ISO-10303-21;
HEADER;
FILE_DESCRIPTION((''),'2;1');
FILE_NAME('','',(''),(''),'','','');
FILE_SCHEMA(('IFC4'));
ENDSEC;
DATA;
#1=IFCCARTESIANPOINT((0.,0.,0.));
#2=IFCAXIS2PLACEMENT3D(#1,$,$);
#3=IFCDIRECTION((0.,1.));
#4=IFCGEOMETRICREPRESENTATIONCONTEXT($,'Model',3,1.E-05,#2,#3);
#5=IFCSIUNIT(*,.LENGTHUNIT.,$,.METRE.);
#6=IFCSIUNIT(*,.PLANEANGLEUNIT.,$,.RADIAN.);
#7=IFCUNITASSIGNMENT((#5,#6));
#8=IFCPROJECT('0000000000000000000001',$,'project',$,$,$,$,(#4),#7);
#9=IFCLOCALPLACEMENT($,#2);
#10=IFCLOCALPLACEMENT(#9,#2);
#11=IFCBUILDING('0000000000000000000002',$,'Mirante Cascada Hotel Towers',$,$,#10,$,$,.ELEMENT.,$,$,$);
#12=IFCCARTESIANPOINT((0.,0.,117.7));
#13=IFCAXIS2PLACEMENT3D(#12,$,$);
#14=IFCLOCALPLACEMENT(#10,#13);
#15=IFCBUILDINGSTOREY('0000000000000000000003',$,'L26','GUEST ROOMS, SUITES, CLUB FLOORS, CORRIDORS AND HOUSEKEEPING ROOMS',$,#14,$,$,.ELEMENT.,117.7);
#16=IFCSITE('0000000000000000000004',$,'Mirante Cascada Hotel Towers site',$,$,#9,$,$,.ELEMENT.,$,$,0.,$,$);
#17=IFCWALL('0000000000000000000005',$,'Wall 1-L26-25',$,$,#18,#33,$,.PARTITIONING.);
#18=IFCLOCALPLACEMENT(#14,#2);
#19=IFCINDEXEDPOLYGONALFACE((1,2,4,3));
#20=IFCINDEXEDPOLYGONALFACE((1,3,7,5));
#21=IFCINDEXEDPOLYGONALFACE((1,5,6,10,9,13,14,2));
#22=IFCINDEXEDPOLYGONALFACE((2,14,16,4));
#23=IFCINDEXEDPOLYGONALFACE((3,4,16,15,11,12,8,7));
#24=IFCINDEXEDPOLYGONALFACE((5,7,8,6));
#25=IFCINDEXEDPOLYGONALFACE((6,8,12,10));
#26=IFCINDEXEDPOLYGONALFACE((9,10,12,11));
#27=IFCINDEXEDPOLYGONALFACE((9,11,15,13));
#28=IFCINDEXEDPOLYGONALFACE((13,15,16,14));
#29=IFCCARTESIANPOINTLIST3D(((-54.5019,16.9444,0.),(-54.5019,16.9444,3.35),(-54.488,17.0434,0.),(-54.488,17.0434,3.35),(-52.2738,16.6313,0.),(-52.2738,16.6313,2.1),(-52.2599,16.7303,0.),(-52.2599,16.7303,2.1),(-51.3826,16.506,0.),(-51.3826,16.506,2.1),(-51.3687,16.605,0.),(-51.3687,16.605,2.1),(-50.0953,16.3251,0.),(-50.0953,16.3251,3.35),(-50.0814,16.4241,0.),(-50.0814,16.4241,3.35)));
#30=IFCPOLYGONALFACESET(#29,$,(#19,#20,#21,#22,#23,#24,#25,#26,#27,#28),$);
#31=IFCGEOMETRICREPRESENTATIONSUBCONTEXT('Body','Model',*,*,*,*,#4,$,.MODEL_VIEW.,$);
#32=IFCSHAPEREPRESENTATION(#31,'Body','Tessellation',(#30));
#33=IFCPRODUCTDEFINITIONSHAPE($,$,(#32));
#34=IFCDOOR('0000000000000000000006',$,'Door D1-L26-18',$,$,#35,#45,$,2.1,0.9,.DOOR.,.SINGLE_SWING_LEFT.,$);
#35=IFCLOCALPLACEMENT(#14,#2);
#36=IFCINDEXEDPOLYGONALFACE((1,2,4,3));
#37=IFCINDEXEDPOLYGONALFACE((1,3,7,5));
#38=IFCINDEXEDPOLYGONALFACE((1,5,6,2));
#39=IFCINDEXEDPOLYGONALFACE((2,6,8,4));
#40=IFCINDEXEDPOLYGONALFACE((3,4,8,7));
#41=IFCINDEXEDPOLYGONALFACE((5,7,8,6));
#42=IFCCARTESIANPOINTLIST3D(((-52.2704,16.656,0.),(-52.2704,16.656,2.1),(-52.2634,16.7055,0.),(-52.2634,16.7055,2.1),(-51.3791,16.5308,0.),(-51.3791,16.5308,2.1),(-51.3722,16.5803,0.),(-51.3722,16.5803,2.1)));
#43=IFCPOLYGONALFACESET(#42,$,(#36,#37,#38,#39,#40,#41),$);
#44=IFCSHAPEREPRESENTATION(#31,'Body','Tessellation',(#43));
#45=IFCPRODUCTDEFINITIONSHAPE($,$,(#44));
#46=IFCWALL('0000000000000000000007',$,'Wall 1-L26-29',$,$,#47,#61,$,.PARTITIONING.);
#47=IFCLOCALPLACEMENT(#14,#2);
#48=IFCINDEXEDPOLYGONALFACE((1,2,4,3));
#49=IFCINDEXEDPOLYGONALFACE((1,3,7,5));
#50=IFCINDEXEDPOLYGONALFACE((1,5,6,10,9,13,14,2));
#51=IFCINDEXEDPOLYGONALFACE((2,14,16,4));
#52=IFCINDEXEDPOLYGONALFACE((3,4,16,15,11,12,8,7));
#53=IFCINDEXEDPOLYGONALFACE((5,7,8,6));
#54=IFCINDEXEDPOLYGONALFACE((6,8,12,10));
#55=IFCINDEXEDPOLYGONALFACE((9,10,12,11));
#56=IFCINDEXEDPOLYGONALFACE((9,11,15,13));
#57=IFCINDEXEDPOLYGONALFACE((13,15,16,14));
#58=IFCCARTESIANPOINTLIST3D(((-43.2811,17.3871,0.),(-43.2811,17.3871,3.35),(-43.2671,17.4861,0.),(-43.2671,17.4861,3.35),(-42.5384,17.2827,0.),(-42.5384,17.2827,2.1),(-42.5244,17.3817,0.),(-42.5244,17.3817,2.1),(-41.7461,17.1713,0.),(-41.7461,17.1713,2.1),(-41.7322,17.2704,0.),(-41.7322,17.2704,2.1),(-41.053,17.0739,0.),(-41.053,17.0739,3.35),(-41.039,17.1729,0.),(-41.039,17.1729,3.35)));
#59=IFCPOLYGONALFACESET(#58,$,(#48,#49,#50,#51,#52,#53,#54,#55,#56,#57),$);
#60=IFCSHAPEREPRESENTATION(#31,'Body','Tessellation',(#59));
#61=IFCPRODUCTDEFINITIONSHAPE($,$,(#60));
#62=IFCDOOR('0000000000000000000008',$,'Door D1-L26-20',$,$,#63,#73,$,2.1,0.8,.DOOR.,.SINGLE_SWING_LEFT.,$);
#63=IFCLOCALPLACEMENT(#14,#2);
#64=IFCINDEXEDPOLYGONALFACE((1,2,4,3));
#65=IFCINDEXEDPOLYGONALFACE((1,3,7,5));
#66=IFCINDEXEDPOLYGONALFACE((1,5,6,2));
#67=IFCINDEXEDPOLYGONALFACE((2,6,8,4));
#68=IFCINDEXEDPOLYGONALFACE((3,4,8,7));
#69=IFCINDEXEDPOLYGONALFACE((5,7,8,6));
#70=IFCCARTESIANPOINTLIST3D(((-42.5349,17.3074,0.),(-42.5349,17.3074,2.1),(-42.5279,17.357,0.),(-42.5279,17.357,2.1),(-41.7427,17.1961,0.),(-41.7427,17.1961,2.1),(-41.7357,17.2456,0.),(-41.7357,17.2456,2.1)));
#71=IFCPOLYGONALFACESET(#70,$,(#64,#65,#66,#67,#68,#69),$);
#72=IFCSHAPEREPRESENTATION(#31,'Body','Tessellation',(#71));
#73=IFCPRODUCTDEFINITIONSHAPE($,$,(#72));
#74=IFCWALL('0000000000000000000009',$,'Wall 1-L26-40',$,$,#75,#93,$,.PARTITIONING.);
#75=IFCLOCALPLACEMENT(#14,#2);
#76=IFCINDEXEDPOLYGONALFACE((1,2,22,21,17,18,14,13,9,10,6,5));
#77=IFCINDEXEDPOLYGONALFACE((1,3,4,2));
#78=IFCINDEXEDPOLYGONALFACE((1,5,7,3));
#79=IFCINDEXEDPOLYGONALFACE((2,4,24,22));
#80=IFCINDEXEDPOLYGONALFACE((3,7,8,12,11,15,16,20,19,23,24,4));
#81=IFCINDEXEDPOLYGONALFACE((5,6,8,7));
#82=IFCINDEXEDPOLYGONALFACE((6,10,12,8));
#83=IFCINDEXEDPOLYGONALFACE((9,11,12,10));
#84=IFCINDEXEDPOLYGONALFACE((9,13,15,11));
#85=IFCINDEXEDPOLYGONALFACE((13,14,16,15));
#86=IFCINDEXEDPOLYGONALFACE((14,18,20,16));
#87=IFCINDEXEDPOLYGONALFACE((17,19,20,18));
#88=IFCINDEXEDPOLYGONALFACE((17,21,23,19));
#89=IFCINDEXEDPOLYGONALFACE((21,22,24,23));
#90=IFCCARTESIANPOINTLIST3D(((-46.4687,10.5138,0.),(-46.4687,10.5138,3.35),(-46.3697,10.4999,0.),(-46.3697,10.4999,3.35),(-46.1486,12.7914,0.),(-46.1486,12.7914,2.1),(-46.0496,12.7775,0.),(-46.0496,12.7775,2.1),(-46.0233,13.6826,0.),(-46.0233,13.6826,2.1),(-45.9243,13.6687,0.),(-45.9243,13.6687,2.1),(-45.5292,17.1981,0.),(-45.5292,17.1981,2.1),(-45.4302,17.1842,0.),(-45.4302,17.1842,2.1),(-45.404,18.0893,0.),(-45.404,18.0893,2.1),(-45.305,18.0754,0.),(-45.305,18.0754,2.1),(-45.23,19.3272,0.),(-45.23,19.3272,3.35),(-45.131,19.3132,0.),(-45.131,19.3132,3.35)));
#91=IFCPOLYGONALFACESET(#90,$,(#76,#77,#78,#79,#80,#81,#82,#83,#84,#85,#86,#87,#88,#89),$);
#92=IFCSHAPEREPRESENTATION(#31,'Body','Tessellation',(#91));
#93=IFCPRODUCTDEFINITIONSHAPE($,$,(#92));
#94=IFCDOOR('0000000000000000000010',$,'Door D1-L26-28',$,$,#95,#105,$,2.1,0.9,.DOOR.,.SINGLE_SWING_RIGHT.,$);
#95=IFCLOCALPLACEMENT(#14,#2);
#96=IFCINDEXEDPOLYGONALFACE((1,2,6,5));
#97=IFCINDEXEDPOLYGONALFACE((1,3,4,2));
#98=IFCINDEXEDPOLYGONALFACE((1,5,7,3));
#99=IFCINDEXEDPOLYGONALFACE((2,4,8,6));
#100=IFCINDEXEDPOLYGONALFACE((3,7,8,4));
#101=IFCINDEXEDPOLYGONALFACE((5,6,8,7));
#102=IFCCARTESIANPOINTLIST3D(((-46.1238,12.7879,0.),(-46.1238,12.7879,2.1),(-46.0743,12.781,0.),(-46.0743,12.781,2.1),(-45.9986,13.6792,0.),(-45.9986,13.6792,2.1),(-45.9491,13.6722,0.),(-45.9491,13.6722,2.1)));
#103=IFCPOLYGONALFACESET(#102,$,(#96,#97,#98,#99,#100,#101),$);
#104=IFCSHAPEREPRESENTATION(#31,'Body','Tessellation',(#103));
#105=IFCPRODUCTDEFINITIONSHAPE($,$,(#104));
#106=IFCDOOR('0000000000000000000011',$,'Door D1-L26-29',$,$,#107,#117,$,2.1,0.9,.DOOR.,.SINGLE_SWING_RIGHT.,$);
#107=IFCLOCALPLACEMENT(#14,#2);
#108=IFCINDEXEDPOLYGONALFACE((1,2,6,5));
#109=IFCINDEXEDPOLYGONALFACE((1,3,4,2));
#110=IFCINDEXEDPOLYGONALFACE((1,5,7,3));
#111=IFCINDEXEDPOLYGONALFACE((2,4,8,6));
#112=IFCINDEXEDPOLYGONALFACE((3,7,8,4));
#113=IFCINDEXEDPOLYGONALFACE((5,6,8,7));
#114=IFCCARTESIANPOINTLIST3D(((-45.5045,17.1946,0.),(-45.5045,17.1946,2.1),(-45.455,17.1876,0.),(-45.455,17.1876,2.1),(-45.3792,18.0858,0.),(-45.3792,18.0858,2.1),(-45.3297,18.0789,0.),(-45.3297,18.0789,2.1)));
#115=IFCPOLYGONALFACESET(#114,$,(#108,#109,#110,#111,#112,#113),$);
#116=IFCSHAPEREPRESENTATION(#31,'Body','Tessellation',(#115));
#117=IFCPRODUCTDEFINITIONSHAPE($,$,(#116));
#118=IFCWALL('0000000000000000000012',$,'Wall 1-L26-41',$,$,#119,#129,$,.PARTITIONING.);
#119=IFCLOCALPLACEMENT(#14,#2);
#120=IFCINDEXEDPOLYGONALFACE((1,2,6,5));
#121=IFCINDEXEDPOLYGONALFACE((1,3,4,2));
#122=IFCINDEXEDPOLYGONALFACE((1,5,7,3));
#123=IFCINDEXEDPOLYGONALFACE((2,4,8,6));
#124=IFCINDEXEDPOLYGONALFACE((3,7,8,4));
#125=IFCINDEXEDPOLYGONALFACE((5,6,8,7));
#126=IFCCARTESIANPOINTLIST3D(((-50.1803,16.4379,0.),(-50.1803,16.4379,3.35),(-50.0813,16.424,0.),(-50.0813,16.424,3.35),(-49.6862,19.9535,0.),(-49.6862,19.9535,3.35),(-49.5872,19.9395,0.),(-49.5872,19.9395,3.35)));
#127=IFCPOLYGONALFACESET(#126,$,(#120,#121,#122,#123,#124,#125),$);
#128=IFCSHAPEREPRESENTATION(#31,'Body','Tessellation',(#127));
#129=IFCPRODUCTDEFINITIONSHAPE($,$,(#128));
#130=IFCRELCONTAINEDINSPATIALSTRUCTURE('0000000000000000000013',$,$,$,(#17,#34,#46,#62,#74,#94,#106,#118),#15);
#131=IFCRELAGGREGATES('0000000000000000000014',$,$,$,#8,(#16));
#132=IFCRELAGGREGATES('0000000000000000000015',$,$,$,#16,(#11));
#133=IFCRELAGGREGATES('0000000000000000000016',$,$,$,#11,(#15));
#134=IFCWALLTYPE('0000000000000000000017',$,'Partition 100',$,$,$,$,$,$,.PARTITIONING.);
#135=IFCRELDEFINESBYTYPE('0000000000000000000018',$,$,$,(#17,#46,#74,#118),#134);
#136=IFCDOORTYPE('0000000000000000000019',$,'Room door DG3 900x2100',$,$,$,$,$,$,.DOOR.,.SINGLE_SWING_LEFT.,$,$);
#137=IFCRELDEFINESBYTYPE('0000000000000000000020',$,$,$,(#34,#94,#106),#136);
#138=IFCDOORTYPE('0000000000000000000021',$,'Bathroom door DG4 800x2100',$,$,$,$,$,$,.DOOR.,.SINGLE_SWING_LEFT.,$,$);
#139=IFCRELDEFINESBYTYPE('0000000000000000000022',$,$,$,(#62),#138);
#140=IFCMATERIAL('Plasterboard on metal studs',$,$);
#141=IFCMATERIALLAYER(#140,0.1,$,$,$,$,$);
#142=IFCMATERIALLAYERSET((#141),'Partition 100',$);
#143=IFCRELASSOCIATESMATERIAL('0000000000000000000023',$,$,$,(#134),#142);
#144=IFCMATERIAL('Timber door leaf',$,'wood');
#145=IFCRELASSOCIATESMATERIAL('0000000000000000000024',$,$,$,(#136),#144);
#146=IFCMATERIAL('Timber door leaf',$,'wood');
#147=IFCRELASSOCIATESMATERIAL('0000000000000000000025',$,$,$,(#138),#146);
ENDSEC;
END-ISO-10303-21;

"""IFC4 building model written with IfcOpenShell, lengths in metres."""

from ifc_helpers import new_model, si_unit, direction, frame, frame_2d, origin, place, context, subcontext, project, spatial, rectangle, extrude, material, layer, layer_set, type_object, element, fill, save


model = new_model("IFC4")

# Units and contexts
model_context = context("Model", 3, precision=1e-05, world=origin(), true_north=direction((0.0, 1.0)))
body_context = subcontext(model_context, "Body", "Model", "MODEL_VIEW")
ifc_project = project(units=[si_unit("LENGTHUNIT", "METRE"), si_unit("PLANEANGLEUNIT", "RADIAN")], contexts=[model_context])

# Site, building, storey
site_placement = place(None, origin())
site = spatial("IfcSite", under=ifc_project, at=site_placement, Name="Mirante Cascada Hotel Towers site", CompositionType="ELEMENT", RefElevation=0.0)
building_placement = place(site_placement, origin())
building = spatial("IfcBuilding", under=site, at=building_placement, Name="Mirante Cascada Hotel Towers", CompositionType="ELEMENT")
storey_placement = place(building_placement, frame((0.0, 0.0, 117.7)))
storey = spatial("IfcBuildingStorey", under=building, at=storey_placement, Name="L26", Description="GUEST ROOMS, SUITES, CLUB FLOORS, CORRIDORS AND HOUSEKEEPING ROOMS", CompositionType="ELEMENT", Elevation=117.7)

# Walls, openings, doors
ifc_material_1 = material(Name="Plasterboard on metal studs")
ifc_layer_1 = layer(ifc_material_1, 0.1)
ifc_layer_set_1 = layer_set([ifc_layer_1], Name="Partition 100")
wall_type_1 = type_object("IfcWallType", Name="Partition 100", PredefinedType="PARTITIONING", material=ifc_layer_set_1)
wall_1_placement = place(storey_placement, frame((-50.0883, 16.3746, 0.0), z_axis=(0.0, 0.0, 1.0), x_axis=(-0.990268, 0.139172, 0.0)))
wall_1 = element("IfcWall", 1, at=wall_1_placement, inside=storey, type_object=wall_type_1, Name="Wall 1-L26-25", PredefinedType="PARTITIONING", context=body_context, shape_type="SweptSolid", body=[
    extrude(rectangle(XDim=4.4499, YDim=0.1, at=frame_2d((2.225, 0.0))), origin(), (0.0, 0.0, 1.0), 3.35),
])
opening_1_placement = place(wall_1_placement, frame((1.3, 0.0, 0.0)))
opening_1 = element("IfcOpeningElement", 2, at=opening_1_placement, cuts=wall_1, PredefinedType="OPENING", context=body_context, shape_type="SweptSolid", body=[
    extrude(rectangle(XDim=0.9, YDim=2.1, at=frame_2d((0.45, 1.05))), frame((0.0, 0.05, 0.0), z_axis=(0.0, -1.0, 0.0), x_axis=(1.0, 0.0, 0.0)), (0.0, 0.0, 1.0), 0.1),
])
ifc_material_2 = material(Name="Timber door leaf", Category="wood")
door_type_1 = type_object("IfcDoorType", Name="Room door DG3 900x2100", OperationType="SINGLE_SWING_LEFT", PredefinedType="DOOR", material=ifc_material_2)
door_1_placement = place(opening_1_placement, origin())
door_1 = element("IfcDoor", 3, at=door_1_placement, inside=storey, type_object=door_type_1, Name="Door D1-L26-18", OperationType="SINGLE_SWING_LEFT", OverallHeight=2.1, OverallWidth=0.9, PredefinedType="DOOR", context=body_context, shape_type="SweptSolid", body=[
    extrude(rectangle(XDim=0.9, YDim=2.1, at=frame_2d((0.45, 1.05))), frame((0.0, 0.025, 0.0), z_axis=(0.0, -1.0, 0.0), x_axis=(1.0, 0.0, 0.0)), (0.0, 0.0, 1.0), 0.05),
])
fill(opening_1, door_1)
wall_2_placement = place(storey_placement, frame((-41.046, 17.1234, 0.0), z_axis=(0.0, 0.0, 1.0), x_axis=(-0.990264, 0.1392, 0.0)))
wall_2 = element("IfcWall", 4, at=wall_2_placement, inside=storey, type_object=wall_type_1, Name="Wall 1-L26-29", PredefinedType="PARTITIONING", context=body_context, shape_type="SweptSolid", body=[
    extrude(rectangle(XDim=2.25, YDim=0.1, at=frame_2d((1.125, 0.0))), origin(), (0.0, 0.0, 1.0), 3.35),
])
opening_2_placement = place(wall_2_placement, frame((0.7, 0.0, 0.0)))
opening_2 = element("IfcOpeningElement", 5, at=opening_2_placement, cuts=wall_2, PredefinedType="OPENING", context=body_context, shape_type="SweptSolid", body=[
    extrude(rectangle(XDim=0.8, YDim=2.1, at=frame_2d((0.4, 1.05))), frame((0.0, 0.05, 0.0), z_axis=(0.0, -1.0, 0.0), x_axis=(1.0, 0.0, 0.0)), (0.0, 0.0, 1.0), 0.1),
])
ifc_material_3 = material(Name="Timber door leaf", Category="wood")
door_type_2 = type_object("IfcDoorType", Name="Bathroom door DG4 800x2100", OperationType="SINGLE_SWING_LEFT", PredefinedType="DOOR", material=ifc_material_3)
door_2_placement = place(opening_2_placement, origin())
door_2 = element("IfcDoor", 6, at=door_2_placement, inside=storey, type_object=door_type_2, Name="Door D1-L26-20", OperationType="SINGLE_SWING_LEFT", OverallHeight=2.1, OverallWidth=0.8, PredefinedType="DOOR", context=body_context, shape_type="SweptSolid", body=[
    extrude(rectangle(XDim=0.8, YDim=2.1, at=frame_2d((0.4, 1.05))), frame((0.0, 0.025, 0.0), z_axis=(0.0, -1.0, 0.0), x_axis=(1.0, 0.0, 0.0)), (0.0, 0.0, 1.0), 0.05),
])
fill(opening_2, door_2)

# Wall, openings, doors
wall_3_placement = place(storey_placement, frame((-45.1805, 19.3202, 0.0), z_axis=(0.0, 0.0, 1.0), x_axis=(-0.139179, -0.990267, 0.0)))
wall_3 = element("IfcWall", 7, at=wall_3_placement, inside=storey, type_object=wall_type_1, Name="Wall 1-L26-40", PredefinedType="PARTITIONING", context=body_context, shape_type="SweptSolid", body=[
    extrude(rectangle(XDim=8.9, YDim=0.1, at=frame_2d((4.45, 0.0))), origin(), (0.0, 0.0, 1.0), 3.35),
])
opening_3_placement = place(wall_3_placement, frame((5.7, 0.0, 0.0)))
opening_3 = element("IfcOpeningElement", 8, at=opening_3_placement, cuts=wall_3, PredefinedType="OPENING", context=body_context, shape_type="SweptSolid", body=[
    extrude(rectangle(XDim=0.9, YDim=2.1, at=frame_2d((0.45, 1.05))), frame((0.0, 0.05, 0.0), z_axis=(0.0, -1.0, 0.0), x_axis=(1.0, 0.0, 0.0)), (0.0, 0.0, 1.0), 0.1),
])
opening_4_placement = place(wall_3_placement, frame((1.25, 0.0, 0.0)))
opening_4 = element("IfcOpeningElement", 9, at=opening_4_placement, cuts=wall_3, PredefinedType="OPENING", context=body_context, shape_type="SweptSolid", body=[
    extrude(rectangle(XDim=0.9, YDim=2.1, at=frame_2d((0.45, 1.05))), frame((0.0, 0.05, 0.0), z_axis=(0.0, -1.0, 0.0), x_axis=(1.0, 0.0, 0.0)), (0.0, 0.0, 1.0), 0.1),
])
door_3_placement = place(opening_3_placement, frame((0.9, 0.0, 0.0), z_axis=(0.0, 0.0, 1.0), x_axis=(-1.0, 0.0, 0.0)))
door_3 = element("IfcDoor", 10, at=door_3_placement, inside=storey, type_object=door_type_1, Name="Door D1-L26-28", OperationType="SINGLE_SWING_RIGHT", OverallHeight=2.1, OverallWidth=0.9, PredefinedType="DOOR", context=body_context, shape_type="SweptSolid", body=[
    extrude(rectangle(XDim=0.9, YDim=2.1, at=frame_2d((0.45, 1.05))), frame((0.0, 0.025, 0.0), z_axis=(0.0, -1.0, 0.0), x_axis=(1.0, 0.0, 0.0)), (0.0, 0.0, 1.0), 0.05),
])
fill(opening_3, door_3)
door_4_placement = place(opening_4_placement, frame((0.9, 0.0, 0.0), z_axis=(0.0, 0.0, 1.0), x_axis=(-1.0, 0.0, 0.0)))
door_4 = element("IfcDoor", 11, at=door_4_placement, inside=storey, type_object=door_type_1, Name="Door D1-L26-29", OperationType="SINGLE_SWING_RIGHT", OverallHeight=2.1, OverallWidth=0.9, PredefinedType="DOOR", context=body_context, shape_type="SweptSolid", body=[
    extrude(rectangle(XDim=0.9, YDim=2.1, at=frame_2d((0.45, 1.05))), frame((0.0, 0.025, 0.0), z_axis=(0.0, -1.0, 0.0), x_axis=(1.0, 0.0, 0.0)), (0.0, 0.0, 1.0), 0.05),
])
fill(opening_4, door_4)

# Wall
wall_4_placement = place(storey_placement, frame((-50.1308, 16.431, 0.0), z_axis=(0.0, 0.0, 1.0), x_axis=(0.139181, 0.990267, 0.0)))
element("IfcWall", 12, at=wall_4_placement, inside=storey, type_object=wall_type_1, Name="Wall 1-L26-41", PredefinedType="PARTITIONING", context=body_context, shape_type="SweptSolid", body=[
    extrude(rectangle(XDim=3.5501, YDim=0.1, at=frame_2d((1.775, 0.0))), origin(), (0.0, 0.0, 1.0), 3.35),
])

save(model, "model.ifc")
